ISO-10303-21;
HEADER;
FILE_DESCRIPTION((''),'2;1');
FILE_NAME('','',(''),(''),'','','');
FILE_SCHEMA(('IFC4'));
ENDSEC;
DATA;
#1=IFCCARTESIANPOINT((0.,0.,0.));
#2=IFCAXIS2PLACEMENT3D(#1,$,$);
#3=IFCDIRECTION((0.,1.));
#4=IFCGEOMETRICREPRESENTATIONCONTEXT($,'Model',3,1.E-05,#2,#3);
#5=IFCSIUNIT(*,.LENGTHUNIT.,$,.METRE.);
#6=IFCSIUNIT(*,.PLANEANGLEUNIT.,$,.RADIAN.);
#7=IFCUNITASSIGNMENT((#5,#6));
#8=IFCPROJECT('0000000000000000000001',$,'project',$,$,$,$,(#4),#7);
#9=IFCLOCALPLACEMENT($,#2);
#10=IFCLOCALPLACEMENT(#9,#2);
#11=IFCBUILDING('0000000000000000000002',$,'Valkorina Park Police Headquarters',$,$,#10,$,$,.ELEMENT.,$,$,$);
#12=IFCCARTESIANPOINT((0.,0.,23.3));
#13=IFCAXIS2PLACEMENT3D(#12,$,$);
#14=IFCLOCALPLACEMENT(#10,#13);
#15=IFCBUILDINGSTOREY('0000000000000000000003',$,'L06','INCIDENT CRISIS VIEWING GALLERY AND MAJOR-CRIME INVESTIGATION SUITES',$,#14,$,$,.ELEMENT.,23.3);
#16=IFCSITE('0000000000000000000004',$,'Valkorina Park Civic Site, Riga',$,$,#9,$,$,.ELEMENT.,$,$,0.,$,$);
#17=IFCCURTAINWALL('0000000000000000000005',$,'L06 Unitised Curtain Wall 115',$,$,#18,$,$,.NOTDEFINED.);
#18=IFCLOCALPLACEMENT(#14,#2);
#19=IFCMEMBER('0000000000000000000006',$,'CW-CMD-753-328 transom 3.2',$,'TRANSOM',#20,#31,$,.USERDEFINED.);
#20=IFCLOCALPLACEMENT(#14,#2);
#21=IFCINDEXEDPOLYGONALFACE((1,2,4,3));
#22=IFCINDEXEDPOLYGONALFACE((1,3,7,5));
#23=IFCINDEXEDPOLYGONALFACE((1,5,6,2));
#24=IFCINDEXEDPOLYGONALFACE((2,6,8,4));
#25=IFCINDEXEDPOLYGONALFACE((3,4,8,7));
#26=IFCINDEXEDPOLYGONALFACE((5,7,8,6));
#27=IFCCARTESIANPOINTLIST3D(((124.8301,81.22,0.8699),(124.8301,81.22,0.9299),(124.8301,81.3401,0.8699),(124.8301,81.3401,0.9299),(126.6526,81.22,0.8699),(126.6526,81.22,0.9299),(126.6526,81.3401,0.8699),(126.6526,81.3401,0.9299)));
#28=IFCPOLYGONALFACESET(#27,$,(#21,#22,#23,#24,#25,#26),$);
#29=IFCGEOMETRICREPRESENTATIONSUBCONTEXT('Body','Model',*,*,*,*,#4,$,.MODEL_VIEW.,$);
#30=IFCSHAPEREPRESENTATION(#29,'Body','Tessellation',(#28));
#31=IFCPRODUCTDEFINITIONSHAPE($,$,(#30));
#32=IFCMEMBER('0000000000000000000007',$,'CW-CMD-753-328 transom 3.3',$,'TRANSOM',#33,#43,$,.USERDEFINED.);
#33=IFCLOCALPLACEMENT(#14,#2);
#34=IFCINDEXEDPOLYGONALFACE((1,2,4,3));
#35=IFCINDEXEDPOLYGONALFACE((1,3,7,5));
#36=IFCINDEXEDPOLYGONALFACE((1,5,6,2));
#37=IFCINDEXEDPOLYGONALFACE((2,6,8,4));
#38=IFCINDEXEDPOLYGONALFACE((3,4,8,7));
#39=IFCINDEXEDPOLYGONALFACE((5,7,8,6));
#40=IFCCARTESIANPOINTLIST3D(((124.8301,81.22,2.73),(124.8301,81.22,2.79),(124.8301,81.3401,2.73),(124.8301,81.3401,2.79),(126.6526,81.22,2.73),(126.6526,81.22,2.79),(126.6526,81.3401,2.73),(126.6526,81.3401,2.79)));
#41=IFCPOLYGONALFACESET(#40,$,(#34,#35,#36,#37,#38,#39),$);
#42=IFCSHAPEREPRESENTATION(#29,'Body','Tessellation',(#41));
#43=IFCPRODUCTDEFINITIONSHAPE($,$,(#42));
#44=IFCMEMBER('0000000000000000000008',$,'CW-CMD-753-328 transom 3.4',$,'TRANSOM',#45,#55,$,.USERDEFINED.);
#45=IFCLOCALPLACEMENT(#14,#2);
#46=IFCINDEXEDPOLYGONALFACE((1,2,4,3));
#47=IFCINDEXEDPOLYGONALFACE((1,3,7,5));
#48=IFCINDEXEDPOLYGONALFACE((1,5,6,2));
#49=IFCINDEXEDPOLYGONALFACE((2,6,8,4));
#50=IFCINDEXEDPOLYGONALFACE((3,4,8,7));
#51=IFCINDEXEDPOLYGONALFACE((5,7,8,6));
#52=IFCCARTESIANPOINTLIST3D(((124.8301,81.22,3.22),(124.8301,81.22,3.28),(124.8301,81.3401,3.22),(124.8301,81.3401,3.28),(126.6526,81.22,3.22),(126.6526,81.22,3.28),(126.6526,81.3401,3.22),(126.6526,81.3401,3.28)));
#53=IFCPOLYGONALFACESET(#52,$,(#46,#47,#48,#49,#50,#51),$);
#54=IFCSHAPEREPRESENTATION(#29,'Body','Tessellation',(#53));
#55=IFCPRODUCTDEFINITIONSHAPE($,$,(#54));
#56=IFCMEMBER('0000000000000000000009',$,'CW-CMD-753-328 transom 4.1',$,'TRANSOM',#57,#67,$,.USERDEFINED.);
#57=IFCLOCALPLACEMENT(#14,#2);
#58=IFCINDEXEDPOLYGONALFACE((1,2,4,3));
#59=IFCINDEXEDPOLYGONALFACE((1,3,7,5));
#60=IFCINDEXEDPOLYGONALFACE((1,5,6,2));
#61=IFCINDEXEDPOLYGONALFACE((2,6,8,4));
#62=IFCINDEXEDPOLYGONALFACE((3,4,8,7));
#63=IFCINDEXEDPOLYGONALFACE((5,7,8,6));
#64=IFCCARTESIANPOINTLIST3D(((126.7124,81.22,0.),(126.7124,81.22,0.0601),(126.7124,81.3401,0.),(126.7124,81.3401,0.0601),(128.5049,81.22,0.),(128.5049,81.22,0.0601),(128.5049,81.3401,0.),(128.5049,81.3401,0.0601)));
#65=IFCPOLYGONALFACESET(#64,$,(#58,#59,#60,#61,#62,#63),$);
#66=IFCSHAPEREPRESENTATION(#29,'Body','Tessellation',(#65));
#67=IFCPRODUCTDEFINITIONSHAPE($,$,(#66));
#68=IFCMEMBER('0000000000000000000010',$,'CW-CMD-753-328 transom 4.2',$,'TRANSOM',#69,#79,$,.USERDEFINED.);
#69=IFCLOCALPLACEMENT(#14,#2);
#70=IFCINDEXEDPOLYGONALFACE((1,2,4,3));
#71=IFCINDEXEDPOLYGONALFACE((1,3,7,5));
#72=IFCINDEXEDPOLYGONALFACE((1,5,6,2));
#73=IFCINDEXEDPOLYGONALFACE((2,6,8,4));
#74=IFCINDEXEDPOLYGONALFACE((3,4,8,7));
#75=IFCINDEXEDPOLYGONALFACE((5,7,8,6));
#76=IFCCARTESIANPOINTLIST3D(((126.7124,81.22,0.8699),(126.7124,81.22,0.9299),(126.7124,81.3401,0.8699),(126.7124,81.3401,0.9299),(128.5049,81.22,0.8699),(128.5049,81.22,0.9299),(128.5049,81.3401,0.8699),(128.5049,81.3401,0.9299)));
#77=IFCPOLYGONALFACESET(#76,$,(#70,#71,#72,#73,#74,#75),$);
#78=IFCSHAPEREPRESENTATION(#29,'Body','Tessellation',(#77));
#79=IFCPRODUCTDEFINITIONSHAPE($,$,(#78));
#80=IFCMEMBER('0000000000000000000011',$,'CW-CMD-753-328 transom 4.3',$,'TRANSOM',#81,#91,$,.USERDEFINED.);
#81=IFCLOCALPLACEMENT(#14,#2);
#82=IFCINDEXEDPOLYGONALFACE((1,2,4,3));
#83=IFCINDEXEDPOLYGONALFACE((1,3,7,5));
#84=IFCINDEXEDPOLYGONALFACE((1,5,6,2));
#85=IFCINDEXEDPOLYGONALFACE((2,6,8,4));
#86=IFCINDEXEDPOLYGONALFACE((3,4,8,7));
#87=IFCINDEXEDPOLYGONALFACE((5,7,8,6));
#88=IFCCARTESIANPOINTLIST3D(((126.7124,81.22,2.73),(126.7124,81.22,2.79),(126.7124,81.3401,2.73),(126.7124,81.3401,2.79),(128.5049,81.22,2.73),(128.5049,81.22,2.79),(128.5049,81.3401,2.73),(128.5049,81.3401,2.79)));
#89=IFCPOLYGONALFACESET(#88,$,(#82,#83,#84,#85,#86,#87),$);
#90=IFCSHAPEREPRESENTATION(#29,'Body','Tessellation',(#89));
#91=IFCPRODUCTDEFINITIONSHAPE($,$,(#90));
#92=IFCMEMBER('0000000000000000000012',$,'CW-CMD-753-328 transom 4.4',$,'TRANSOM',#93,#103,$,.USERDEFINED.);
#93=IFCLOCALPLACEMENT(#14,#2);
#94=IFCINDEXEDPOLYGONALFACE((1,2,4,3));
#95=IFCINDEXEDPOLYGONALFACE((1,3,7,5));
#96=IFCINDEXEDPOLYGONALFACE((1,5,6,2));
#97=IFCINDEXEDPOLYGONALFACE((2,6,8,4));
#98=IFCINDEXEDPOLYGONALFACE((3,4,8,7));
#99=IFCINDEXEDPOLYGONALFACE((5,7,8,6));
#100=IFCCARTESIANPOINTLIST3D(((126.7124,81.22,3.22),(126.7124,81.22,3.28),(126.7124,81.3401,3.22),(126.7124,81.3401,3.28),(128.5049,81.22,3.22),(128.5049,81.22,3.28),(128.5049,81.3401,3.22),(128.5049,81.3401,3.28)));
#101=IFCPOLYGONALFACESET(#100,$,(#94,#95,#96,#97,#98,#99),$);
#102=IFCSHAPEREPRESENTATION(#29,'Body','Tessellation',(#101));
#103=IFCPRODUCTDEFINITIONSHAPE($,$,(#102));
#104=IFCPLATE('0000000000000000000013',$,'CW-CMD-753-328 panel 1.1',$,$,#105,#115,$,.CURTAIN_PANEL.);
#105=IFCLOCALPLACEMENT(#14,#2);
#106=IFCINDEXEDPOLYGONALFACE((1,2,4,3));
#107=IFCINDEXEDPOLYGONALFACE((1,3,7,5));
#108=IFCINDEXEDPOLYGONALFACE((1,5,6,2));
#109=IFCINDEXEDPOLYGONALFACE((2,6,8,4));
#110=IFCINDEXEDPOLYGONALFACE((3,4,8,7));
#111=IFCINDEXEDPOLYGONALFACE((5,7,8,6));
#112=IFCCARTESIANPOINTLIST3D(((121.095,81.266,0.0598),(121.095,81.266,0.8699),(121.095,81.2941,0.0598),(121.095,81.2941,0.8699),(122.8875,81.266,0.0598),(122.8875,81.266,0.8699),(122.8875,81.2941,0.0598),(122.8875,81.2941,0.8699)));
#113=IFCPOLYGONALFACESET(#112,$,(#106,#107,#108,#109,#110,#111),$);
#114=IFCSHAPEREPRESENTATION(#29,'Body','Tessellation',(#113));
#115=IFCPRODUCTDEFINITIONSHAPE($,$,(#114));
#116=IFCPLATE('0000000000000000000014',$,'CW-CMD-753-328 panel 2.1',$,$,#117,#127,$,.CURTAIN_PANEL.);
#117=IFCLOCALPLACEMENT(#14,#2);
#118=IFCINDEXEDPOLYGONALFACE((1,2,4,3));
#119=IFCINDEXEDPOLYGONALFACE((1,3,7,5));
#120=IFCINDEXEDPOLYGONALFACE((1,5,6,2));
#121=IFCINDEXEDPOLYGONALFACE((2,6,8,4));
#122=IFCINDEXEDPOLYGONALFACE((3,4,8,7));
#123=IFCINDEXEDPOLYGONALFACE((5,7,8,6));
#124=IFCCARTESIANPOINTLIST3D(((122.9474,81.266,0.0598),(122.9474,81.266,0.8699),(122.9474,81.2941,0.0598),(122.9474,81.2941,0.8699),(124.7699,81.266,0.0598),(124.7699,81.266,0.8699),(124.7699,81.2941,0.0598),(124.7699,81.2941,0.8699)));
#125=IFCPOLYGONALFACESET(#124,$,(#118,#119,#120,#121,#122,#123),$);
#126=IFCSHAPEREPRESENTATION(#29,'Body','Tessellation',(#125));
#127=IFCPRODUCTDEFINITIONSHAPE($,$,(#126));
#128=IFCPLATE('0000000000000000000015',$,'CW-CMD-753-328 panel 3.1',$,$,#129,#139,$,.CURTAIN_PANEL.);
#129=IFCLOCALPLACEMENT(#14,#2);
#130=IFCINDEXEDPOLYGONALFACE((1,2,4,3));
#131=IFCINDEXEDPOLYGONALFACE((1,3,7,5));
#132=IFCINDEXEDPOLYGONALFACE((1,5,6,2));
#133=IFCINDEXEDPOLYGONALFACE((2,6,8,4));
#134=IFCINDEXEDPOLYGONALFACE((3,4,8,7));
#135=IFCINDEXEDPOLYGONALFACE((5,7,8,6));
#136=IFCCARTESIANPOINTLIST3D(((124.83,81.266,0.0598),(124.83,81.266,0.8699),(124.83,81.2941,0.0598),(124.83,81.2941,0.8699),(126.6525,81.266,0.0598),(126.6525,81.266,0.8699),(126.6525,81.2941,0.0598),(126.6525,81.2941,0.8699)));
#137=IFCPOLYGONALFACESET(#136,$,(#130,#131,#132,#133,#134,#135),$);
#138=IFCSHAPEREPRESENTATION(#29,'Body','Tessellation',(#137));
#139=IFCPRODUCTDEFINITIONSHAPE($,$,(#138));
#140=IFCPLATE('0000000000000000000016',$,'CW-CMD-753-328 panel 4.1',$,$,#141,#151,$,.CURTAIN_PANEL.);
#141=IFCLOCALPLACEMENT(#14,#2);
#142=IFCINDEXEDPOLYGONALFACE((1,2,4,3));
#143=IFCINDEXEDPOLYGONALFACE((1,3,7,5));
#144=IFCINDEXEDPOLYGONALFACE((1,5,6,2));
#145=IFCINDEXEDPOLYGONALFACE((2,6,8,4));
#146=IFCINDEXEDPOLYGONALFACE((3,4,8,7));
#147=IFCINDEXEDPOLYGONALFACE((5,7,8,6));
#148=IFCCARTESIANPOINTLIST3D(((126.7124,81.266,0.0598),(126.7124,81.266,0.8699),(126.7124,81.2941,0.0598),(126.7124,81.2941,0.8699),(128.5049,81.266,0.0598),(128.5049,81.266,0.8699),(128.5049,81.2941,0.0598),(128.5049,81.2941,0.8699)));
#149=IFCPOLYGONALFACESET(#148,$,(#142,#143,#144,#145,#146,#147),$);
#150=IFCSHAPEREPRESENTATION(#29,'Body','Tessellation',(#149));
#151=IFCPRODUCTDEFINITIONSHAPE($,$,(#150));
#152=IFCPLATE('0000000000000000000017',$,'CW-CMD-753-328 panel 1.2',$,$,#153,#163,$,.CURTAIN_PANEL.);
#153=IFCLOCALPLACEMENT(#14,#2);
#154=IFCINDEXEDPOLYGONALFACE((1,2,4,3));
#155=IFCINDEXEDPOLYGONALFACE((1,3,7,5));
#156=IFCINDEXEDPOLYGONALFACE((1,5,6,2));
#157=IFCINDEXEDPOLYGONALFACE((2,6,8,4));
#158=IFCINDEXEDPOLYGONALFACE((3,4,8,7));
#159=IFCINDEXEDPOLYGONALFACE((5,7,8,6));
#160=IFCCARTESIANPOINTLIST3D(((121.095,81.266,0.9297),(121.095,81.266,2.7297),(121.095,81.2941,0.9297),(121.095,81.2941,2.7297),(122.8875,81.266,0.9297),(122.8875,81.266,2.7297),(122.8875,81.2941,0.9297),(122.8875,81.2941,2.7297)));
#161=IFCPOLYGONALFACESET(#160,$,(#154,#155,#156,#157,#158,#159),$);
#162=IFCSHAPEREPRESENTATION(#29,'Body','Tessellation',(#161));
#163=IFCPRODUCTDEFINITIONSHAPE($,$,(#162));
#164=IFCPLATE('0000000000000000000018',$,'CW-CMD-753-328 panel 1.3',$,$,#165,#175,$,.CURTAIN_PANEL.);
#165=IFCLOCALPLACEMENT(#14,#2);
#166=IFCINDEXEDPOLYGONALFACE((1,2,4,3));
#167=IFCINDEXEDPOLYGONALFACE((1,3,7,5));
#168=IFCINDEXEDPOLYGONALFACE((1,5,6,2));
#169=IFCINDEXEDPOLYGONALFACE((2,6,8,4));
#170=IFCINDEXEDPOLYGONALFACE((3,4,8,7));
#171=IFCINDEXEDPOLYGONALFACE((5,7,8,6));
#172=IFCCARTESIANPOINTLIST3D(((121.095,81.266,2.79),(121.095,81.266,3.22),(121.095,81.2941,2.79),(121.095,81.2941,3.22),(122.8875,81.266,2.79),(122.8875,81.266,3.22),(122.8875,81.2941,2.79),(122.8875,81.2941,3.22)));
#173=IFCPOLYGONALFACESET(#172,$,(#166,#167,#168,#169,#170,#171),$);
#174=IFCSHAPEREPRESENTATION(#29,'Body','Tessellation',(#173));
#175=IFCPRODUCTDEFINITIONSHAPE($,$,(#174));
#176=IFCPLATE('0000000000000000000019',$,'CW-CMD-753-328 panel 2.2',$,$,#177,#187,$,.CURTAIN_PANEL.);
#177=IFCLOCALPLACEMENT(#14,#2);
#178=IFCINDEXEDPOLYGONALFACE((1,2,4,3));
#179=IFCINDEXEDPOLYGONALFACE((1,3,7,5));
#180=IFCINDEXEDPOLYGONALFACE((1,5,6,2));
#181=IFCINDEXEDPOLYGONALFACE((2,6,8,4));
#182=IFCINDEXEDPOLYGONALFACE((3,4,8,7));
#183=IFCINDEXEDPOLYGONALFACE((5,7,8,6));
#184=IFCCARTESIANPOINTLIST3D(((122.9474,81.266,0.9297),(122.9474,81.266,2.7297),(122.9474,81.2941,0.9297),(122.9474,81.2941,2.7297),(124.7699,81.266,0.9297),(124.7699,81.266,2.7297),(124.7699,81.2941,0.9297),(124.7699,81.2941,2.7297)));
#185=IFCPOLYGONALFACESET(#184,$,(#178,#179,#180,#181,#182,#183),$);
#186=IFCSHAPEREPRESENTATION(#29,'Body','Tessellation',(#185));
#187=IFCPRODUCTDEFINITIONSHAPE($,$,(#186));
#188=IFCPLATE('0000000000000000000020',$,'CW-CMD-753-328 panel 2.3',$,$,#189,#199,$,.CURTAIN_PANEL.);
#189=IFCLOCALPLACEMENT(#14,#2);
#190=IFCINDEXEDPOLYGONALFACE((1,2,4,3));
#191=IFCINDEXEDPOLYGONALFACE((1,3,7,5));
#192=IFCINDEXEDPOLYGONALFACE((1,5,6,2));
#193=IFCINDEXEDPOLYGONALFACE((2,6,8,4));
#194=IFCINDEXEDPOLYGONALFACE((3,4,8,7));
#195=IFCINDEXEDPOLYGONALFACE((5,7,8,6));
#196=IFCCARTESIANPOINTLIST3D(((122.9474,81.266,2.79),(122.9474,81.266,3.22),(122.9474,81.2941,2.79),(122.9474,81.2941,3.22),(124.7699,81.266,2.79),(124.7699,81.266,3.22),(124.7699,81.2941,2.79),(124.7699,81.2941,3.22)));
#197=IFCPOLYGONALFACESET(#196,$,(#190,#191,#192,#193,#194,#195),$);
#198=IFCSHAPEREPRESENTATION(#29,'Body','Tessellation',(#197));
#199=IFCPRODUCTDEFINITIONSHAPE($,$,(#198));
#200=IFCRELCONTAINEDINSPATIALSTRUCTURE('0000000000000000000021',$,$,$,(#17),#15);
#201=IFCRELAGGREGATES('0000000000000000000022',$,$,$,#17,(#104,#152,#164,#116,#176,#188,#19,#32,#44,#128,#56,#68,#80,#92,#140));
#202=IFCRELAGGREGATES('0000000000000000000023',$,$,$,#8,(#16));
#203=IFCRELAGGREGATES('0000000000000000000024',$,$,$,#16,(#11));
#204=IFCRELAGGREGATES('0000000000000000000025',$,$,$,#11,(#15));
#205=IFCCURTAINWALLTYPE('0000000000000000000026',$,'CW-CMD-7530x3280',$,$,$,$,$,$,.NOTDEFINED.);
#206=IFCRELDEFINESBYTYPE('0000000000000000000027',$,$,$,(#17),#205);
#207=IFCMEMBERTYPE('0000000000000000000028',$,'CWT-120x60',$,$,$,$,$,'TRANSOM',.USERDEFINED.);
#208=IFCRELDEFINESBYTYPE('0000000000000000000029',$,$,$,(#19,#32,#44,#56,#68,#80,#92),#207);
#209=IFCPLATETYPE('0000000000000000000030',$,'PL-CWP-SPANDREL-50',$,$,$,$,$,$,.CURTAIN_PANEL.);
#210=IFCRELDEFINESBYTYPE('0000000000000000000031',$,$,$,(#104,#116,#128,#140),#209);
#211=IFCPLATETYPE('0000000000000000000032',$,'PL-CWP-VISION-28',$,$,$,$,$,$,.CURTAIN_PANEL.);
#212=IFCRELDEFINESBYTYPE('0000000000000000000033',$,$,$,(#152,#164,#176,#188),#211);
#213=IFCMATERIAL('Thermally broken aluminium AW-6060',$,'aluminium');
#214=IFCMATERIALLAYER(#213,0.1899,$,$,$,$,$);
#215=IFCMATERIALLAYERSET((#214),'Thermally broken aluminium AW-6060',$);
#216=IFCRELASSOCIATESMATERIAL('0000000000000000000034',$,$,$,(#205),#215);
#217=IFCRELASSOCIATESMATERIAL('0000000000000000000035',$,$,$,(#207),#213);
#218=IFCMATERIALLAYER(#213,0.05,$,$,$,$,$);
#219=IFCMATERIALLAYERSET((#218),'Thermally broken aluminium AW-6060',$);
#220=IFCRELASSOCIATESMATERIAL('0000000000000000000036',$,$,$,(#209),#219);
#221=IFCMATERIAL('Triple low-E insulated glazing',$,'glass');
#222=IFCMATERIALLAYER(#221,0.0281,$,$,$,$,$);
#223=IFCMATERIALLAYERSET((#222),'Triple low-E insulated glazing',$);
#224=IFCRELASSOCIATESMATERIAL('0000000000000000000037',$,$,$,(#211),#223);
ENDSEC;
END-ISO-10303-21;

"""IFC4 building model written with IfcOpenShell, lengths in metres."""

from ifc_helpers import new_model, si_unit, direction, frame, origin, origin_2d, place, context, subcontext, project, spatial, rectangle, extrude, material, layer, layer_set, material_profile, profile_set, type_object, element, aggregate, save


model = new_model("IFC4")

# Units and contexts
model_context = context("Model", 3, precision=1e-05, world=origin(), true_north=direction((0.0, 1.0)))
body_context = subcontext(model_context, "Body", "Model", "MODEL_VIEW")
ifc_project = project(units=[si_unit("LENGTHUNIT", "METRE"), si_unit("PLANEANGLEUNIT", "RADIAN")], contexts=[model_context])

# Site, building, storey
site_placement = place(None, origin())
site = spatial("IfcSite", under=ifc_project, at=site_placement, Name="Valkorina Park Civic Site, Riga", CompositionType="ELEMENT", RefElevation=0.0)
building_placement = place(site_placement, origin())
building = spatial("IfcBuilding", under=site, at=building_placement, Name="Valkorina Park Police Headquarters", CompositionType="ELEMENT")
storey_placement = place(building_placement, frame((0.0, 0.0, 23.3)))
storey = spatial("IfcBuildingStorey", under=building, at=storey_placement, Name="L06", Description="INCIDENT CRISIS VIEWING GALLERY AND MAJOR-CRIME INVESTIGATION SUITES", CompositionType="ELEMENT", Elevation=23.3)

# Curtain wall, members, plates
ifc_material_1 = material(Name="Thermally broken aluminium AW-6060", Category="aluminium")
ifc_layer_1 = layer(ifc_material_1, 0.1899)
ifc_layer_set_1 = layer_set([ifc_layer_1], Name="Thermally broken aluminium AW-6060")
curtain_wall_type = type_object("IfcCurtainWallType", Name="CW-CMD-7530x3280", PredefinedType="NOTDEFINED", material=ifc_layer_set_1)
curtain_wall_placement = place(storey_placement, origin())
curtain_wall = element("IfcCurtainWall", 1, at=curtain_wall_placement, inside=storey, type_object=curtain_wall_type, Name="L06 Unitised Curtain Wall 115", PredefinedType="NOTDEFINED")
ifc_material_profile_1 = material_profile(ifc_material_1, rectangle(XDim=0.1201, YDim=0.0601, at=origin_2d()), Name="CWT-01 120x60")
ifc_profile_set_1 = profile_set([ifc_material_profile_1], Name="Thermally broken aluminium AW-6060")
member_type_1 = type_object("IfcMemberType", Name="CWT-120x60", ElementType="TRANSOM", PredefinedType="USERDEFINED", material=ifc_profile_set_1)
member_1_placement = place(storey_placement, frame((124.8301, 81.28, 0.8999), z_axis=(1.0, 0.0, 0.0), x_axis=(0.0, 1.0, 0.0)))
member_1 = element("IfcMember", 2, at=member_1_placement, type_object=member_type_1, Name="CW-CMD-753-328 transom 3.2", ObjectType="TRANSOM", PredefinedType="USERDEFINED", context=body_context, shape_type="SweptSolid", body=[
    extrude(rectangle(XDim=0.1201, YDim=0.0601, at=origin_2d()), origin(), (0.0, 0.0, 1.0), 1.8225),
])
member_2_placement = place(storey_placement, frame((124.8301, 81.28, 2.76), z_axis=(1.0, 0.0, 0.0), x_axis=(0.0, 1.0, 0.0)))
member_2 = element("IfcMember", 3, at=member_2_placement, type_object=member_type_1, Name="CW-CMD-753-328 transom 3.3", ObjectType="TRANSOM", PredefinedType="USERDEFINED", context=body_context, shape_type="SweptSolid", body=[
    extrude(rectangle(XDim=0.1201, YDim=0.0601, at=origin_2d()), origin(), (0.0, 0.0, 1.0), 1.8225),
])
member_3_placement = place(storey_placement, frame((124.8301, 81.28, 3.25), z_axis=(1.0, 0.0, 0.0), x_axis=(0.0, 1.0, 0.0)))
member_3 = element("IfcMember", 4, at=member_3_placement, type_object=member_type_1, Name="CW-CMD-753-328 transom 3.4", ObjectType="TRANSOM", PredefinedType="USERDEFINED", context=body_context, shape_type="SweptSolid", body=[
    extrude(rectangle(XDim=0.1201, YDim=0.0601, at=origin_2d()), origin(), (0.0, 0.0, 1.0), 1.8225),
])
member_4_placement = place(storey_placement, frame((126.7124, 81.28, 0.03), z_axis=(1.0, 0.0, 0.0), x_axis=(0.0, 1.0, 0.0)))
member_4 = element("IfcMember", 5, at=member_4_placement, type_object=member_type_1, Name="CW-CMD-753-328 transom 4.1", ObjectType="TRANSOM", PredefinedType="USERDEFINED", context=body_context, shape_type="SweptSolid", body=[
    extrude(rectangle(XDim=0.1201, YDim=0.0601, at=origin_2d()), origin(), (0.0, 0.0, 1.0), 1.7925),
])
member_5_placement = place(storey_placement, frame((126.7124, 81.28, 0.8999), z_axis=(1.0, 0.0, 0.0), x_axis=(0.0, 1.0, 0.0)))
member_5 = element("IfcMember", 6, at=member_5_placement, type_object=member_type_1, Name="CW-CMD-753-328 transom 4.2", ObjectType="TRANSOM", PredefinedType="USERDEFINED", context=body_context, shape_type="SweptSolid", body=[
    extrude(rectangle(XDim=0.1201, YDim=0.0601, at=origin_2d()), origin(), (0.0, 0.0, 1.0), 1.7925),
])
member_6_placement = place(storey_placement, frame((126.7124, 81.28, 2.76), z_axis=(1.0, 0.0, 0.0), x_axis=(0.0, 1.0, 0.0)))
member_6 = element("IfcMember", 7, at=member_6_placement, type_object=member_type_1, Name="CW-CMD-753-328 transom 4.3", ObjectType="TRANSOM", PredefinedType="USERDEFINED", context=body_context, shape_type="SweptSolid", body=[
    extrude(rectangle(XDim=0.1201, YDim=0.0601, at=origin_2d()), origin(), (0.0, 0.0, 1.0), 1.7925),
])
member_7_placement = place(storey_placement, frame((126.7124, 81.28, 3.25), z_axis=(1.0, 0.0, 0.0), x_axis=(0.0, 1.0, 0.0)))
member_7 = element("IfcMember", 8, at=member_7_placement, type_object=member_type_1, Name="CW-CMD-753-328 transom 4.4", ObjectType="TRANSOM", PredefinedType="USERDEFINED", context=body_context, shape_type="SweptSolid", body=[
    extrude(rectangle(XDim=0.1201, YDim=0.0601, at=origin_2d()), origin(), (0.0, 0.0, 1.0), 1.7925),
])
ifc_layer_2 = layer(ifc_material_1, 0.05)
ifc_layer_set_2 = layer_set([ifc_layer_2], Name="Thermally broken aluminium AW-6060")
plate_type_1 = type_object("IfcPlateType", Name="PL-CWP-SPANDREL-50", PredefinedType="CURTAIN_PANEL", material=ifc_layer_set_2)
plate_1_placement = place(storey_placement, frame((121.9912, 81.28, 0.0598), z_axis=(0.0, 0.0, 1.0), x_axis=(1.0, 0.0, 0.0)))
plate_1 = element("IfcPlate", 9, at=plate_1_placement, type_object=plate_type_1, Name="CW-CMD-753-328 panel 1.1", PredefinedType="CURTAIN_PANEL", context=body_context, shape_type="SweptSolid", body=[
    extrude(rectangle(XDim=1.7925, YDim=0.0281, at=origin_2d()), origin(), (0.0, 0.0, 1.0), 0.8101),
])
plate_2_placement = place(storey_placement, frame((123.8586, 81.28, 0.0598), z_axis=(0.0, 0.0, 1.0), x_axis=(1.0, 0.0, 0.0)))
plate_2 = element("IfcPlate", 10, at=plate_2_placement, type_object=plate_type_1, Name="CW-CMD-753-328 panel 2.1", PredefinedType="CURTAIN_PANEL", context=body_context, shape_type="SweptSolid", body=[
    extrude(rectangle(XDim=1.8225, YDim=0.0281, at=origin_2d()), origin(), (0.0, 0.0, 1.0), 0.8101),
])
plate_3_placement = place(storey_placement, frame((125.7412, 81.28, 0.0598), z_axis=(0.0, 0.0, 1.0), x_axis=(1.0, 0.0, 0.0)))
plate_3 = element("IfcPlate", 11, at=plate_3_placement, type_object=plate_type_1, Name="CW-CMD-753-328 panel 3.1", PredefinedType="CURTAIN_PANEL", context=body_context, shape_type="SweptSolid", body=[
    extrude(rectangle(XDim=1.8225, YDim=0.0281, at=origin_2d()), origin(), (0.0, 0.0, 1.0), 0.8101),
])
plate_4_placement = place(storey_placement, frame((127.6086, 81.28, 0.0598), z_axis=(0.0, 0.0, 1.0), x_axis=(1.0, 0.0, 0.0)))
plate_4 = element("IfcPlate", 12, at=plate_4_placement, type_object=plate_type_1, Name="CW-CMD-753-328 panel 4.1", PredefinedType="CURTAIN_PANEL", context=body_context, shape_type="SweptSolid", body=[
    extrude(rectangle(XDim=1.7925, YDim=0.0281, at=origin_2d()), origin(), (0.0, 0.0, 1.0), 0.8101),
])
ifc_material_2 = material(Name="Triple low-E insulated glazing", Category="glass")
ifc_layer_3 = layer(ifc_material_2, 0.0281)
ifc_layer_set_3 = layer_set([ifc_layer_3], Name="Triple low-E insulated glazing")
plate_type_2 = type_object("IfcPlateType", Name="PL-CWP-VISION-28", PredefinedType="CURTAIN_PANEL", material=ifc_layer_set_3)
plate_5_placement = place(storey_placement, frame((121.9912, 81.28, 0.9297), z_axis=(0.0, 0.0, 1.0), x_axis=(1.0, 0.0, 0.0)))
plate_5 = element("IfcPlate", 13, at=plate_5_placement, type_object=plate_type_2, Name="CW-CMD-753-328 panel 1.2", PredefinedType="CURTAIN_PANEL", context=body_context, shape_type="SweptSolid", body=[
    extrude(rectangle(XDim=1.7925, YDim=0.0281, at=origin_2d()), origin(), (0.0, 0.0, 1.0), 1.8),
])
plate_6_placement = place(storey_placement, frame((121.9912, 81.28, 2.79), z_axis=(0.0, 0.0, 1.0), x_axis=(1.0, 0.0, 0.0)))
plate_6 = element("IfcPlate", 14, at=plate_6_placement, type_object=plate_type_2, Name="CW-CMD-753-328 panel 1.3", PredefinedType="CURTAIN_PANEL", context=body_context, shape_type="SweptSolid", body=[
    extrude(rectangle(XDim=1.7925, YDim=0.0281, at=origin_2d()), origin(), (0.0, 0.0, 1.0), 0.4299),
])
plate_7_placement = place(storey_placement, frame((123.8586, 81.28, 0.9297), z_axis=(0.0, 0.0, 1.0), x_axis=(1.0, 0.0, 0.0)))
plate_7 = element("IfcPlate", 15, at=plate_7_placement, type_object=plate_type_2, Name="CW-CMD-753-328 panel 2.2", PredefinedType="CURTAIN_PANEL", context=body_context, shape_type="SweptSolid", body=[
    extrude(rectangle(XDim=1.8225, YDim=0.0281, at=origin_2d()), origin(), (0.0, 0.0, 1.0), 1.8),
])
plate_8_placement = place(storey_placement, frame((123.8586, 81.28, 2.79), z_axis=(0.0, 0.0, 1.0), x_axis=(1.0, 0.0, 0.0)))
plate_8 = element("IfcPlate", 16, at=plate_8_placement, type_object=plate_type_2, Name="CW-CMD-753-328 panel 2.3", PredefinedType="CURTAIN_PANEL", context=body_context, shape_type="SweptSolid", body=[
    extrude(rectangle(XDim=1.8225, YDim=0.0281, at=origin_2d()), origin(), (0.0, 0.0, 1.0), 0.4299),
])
aggregate(curtain_wall, [plate_1, plate_5, plate_6, plate_2, plate_7, plate_8, member_1, member_2, member_3, plate_3, member_4, member_5, member_6, member_7, plate_4])

save(model, "model.ifc")
